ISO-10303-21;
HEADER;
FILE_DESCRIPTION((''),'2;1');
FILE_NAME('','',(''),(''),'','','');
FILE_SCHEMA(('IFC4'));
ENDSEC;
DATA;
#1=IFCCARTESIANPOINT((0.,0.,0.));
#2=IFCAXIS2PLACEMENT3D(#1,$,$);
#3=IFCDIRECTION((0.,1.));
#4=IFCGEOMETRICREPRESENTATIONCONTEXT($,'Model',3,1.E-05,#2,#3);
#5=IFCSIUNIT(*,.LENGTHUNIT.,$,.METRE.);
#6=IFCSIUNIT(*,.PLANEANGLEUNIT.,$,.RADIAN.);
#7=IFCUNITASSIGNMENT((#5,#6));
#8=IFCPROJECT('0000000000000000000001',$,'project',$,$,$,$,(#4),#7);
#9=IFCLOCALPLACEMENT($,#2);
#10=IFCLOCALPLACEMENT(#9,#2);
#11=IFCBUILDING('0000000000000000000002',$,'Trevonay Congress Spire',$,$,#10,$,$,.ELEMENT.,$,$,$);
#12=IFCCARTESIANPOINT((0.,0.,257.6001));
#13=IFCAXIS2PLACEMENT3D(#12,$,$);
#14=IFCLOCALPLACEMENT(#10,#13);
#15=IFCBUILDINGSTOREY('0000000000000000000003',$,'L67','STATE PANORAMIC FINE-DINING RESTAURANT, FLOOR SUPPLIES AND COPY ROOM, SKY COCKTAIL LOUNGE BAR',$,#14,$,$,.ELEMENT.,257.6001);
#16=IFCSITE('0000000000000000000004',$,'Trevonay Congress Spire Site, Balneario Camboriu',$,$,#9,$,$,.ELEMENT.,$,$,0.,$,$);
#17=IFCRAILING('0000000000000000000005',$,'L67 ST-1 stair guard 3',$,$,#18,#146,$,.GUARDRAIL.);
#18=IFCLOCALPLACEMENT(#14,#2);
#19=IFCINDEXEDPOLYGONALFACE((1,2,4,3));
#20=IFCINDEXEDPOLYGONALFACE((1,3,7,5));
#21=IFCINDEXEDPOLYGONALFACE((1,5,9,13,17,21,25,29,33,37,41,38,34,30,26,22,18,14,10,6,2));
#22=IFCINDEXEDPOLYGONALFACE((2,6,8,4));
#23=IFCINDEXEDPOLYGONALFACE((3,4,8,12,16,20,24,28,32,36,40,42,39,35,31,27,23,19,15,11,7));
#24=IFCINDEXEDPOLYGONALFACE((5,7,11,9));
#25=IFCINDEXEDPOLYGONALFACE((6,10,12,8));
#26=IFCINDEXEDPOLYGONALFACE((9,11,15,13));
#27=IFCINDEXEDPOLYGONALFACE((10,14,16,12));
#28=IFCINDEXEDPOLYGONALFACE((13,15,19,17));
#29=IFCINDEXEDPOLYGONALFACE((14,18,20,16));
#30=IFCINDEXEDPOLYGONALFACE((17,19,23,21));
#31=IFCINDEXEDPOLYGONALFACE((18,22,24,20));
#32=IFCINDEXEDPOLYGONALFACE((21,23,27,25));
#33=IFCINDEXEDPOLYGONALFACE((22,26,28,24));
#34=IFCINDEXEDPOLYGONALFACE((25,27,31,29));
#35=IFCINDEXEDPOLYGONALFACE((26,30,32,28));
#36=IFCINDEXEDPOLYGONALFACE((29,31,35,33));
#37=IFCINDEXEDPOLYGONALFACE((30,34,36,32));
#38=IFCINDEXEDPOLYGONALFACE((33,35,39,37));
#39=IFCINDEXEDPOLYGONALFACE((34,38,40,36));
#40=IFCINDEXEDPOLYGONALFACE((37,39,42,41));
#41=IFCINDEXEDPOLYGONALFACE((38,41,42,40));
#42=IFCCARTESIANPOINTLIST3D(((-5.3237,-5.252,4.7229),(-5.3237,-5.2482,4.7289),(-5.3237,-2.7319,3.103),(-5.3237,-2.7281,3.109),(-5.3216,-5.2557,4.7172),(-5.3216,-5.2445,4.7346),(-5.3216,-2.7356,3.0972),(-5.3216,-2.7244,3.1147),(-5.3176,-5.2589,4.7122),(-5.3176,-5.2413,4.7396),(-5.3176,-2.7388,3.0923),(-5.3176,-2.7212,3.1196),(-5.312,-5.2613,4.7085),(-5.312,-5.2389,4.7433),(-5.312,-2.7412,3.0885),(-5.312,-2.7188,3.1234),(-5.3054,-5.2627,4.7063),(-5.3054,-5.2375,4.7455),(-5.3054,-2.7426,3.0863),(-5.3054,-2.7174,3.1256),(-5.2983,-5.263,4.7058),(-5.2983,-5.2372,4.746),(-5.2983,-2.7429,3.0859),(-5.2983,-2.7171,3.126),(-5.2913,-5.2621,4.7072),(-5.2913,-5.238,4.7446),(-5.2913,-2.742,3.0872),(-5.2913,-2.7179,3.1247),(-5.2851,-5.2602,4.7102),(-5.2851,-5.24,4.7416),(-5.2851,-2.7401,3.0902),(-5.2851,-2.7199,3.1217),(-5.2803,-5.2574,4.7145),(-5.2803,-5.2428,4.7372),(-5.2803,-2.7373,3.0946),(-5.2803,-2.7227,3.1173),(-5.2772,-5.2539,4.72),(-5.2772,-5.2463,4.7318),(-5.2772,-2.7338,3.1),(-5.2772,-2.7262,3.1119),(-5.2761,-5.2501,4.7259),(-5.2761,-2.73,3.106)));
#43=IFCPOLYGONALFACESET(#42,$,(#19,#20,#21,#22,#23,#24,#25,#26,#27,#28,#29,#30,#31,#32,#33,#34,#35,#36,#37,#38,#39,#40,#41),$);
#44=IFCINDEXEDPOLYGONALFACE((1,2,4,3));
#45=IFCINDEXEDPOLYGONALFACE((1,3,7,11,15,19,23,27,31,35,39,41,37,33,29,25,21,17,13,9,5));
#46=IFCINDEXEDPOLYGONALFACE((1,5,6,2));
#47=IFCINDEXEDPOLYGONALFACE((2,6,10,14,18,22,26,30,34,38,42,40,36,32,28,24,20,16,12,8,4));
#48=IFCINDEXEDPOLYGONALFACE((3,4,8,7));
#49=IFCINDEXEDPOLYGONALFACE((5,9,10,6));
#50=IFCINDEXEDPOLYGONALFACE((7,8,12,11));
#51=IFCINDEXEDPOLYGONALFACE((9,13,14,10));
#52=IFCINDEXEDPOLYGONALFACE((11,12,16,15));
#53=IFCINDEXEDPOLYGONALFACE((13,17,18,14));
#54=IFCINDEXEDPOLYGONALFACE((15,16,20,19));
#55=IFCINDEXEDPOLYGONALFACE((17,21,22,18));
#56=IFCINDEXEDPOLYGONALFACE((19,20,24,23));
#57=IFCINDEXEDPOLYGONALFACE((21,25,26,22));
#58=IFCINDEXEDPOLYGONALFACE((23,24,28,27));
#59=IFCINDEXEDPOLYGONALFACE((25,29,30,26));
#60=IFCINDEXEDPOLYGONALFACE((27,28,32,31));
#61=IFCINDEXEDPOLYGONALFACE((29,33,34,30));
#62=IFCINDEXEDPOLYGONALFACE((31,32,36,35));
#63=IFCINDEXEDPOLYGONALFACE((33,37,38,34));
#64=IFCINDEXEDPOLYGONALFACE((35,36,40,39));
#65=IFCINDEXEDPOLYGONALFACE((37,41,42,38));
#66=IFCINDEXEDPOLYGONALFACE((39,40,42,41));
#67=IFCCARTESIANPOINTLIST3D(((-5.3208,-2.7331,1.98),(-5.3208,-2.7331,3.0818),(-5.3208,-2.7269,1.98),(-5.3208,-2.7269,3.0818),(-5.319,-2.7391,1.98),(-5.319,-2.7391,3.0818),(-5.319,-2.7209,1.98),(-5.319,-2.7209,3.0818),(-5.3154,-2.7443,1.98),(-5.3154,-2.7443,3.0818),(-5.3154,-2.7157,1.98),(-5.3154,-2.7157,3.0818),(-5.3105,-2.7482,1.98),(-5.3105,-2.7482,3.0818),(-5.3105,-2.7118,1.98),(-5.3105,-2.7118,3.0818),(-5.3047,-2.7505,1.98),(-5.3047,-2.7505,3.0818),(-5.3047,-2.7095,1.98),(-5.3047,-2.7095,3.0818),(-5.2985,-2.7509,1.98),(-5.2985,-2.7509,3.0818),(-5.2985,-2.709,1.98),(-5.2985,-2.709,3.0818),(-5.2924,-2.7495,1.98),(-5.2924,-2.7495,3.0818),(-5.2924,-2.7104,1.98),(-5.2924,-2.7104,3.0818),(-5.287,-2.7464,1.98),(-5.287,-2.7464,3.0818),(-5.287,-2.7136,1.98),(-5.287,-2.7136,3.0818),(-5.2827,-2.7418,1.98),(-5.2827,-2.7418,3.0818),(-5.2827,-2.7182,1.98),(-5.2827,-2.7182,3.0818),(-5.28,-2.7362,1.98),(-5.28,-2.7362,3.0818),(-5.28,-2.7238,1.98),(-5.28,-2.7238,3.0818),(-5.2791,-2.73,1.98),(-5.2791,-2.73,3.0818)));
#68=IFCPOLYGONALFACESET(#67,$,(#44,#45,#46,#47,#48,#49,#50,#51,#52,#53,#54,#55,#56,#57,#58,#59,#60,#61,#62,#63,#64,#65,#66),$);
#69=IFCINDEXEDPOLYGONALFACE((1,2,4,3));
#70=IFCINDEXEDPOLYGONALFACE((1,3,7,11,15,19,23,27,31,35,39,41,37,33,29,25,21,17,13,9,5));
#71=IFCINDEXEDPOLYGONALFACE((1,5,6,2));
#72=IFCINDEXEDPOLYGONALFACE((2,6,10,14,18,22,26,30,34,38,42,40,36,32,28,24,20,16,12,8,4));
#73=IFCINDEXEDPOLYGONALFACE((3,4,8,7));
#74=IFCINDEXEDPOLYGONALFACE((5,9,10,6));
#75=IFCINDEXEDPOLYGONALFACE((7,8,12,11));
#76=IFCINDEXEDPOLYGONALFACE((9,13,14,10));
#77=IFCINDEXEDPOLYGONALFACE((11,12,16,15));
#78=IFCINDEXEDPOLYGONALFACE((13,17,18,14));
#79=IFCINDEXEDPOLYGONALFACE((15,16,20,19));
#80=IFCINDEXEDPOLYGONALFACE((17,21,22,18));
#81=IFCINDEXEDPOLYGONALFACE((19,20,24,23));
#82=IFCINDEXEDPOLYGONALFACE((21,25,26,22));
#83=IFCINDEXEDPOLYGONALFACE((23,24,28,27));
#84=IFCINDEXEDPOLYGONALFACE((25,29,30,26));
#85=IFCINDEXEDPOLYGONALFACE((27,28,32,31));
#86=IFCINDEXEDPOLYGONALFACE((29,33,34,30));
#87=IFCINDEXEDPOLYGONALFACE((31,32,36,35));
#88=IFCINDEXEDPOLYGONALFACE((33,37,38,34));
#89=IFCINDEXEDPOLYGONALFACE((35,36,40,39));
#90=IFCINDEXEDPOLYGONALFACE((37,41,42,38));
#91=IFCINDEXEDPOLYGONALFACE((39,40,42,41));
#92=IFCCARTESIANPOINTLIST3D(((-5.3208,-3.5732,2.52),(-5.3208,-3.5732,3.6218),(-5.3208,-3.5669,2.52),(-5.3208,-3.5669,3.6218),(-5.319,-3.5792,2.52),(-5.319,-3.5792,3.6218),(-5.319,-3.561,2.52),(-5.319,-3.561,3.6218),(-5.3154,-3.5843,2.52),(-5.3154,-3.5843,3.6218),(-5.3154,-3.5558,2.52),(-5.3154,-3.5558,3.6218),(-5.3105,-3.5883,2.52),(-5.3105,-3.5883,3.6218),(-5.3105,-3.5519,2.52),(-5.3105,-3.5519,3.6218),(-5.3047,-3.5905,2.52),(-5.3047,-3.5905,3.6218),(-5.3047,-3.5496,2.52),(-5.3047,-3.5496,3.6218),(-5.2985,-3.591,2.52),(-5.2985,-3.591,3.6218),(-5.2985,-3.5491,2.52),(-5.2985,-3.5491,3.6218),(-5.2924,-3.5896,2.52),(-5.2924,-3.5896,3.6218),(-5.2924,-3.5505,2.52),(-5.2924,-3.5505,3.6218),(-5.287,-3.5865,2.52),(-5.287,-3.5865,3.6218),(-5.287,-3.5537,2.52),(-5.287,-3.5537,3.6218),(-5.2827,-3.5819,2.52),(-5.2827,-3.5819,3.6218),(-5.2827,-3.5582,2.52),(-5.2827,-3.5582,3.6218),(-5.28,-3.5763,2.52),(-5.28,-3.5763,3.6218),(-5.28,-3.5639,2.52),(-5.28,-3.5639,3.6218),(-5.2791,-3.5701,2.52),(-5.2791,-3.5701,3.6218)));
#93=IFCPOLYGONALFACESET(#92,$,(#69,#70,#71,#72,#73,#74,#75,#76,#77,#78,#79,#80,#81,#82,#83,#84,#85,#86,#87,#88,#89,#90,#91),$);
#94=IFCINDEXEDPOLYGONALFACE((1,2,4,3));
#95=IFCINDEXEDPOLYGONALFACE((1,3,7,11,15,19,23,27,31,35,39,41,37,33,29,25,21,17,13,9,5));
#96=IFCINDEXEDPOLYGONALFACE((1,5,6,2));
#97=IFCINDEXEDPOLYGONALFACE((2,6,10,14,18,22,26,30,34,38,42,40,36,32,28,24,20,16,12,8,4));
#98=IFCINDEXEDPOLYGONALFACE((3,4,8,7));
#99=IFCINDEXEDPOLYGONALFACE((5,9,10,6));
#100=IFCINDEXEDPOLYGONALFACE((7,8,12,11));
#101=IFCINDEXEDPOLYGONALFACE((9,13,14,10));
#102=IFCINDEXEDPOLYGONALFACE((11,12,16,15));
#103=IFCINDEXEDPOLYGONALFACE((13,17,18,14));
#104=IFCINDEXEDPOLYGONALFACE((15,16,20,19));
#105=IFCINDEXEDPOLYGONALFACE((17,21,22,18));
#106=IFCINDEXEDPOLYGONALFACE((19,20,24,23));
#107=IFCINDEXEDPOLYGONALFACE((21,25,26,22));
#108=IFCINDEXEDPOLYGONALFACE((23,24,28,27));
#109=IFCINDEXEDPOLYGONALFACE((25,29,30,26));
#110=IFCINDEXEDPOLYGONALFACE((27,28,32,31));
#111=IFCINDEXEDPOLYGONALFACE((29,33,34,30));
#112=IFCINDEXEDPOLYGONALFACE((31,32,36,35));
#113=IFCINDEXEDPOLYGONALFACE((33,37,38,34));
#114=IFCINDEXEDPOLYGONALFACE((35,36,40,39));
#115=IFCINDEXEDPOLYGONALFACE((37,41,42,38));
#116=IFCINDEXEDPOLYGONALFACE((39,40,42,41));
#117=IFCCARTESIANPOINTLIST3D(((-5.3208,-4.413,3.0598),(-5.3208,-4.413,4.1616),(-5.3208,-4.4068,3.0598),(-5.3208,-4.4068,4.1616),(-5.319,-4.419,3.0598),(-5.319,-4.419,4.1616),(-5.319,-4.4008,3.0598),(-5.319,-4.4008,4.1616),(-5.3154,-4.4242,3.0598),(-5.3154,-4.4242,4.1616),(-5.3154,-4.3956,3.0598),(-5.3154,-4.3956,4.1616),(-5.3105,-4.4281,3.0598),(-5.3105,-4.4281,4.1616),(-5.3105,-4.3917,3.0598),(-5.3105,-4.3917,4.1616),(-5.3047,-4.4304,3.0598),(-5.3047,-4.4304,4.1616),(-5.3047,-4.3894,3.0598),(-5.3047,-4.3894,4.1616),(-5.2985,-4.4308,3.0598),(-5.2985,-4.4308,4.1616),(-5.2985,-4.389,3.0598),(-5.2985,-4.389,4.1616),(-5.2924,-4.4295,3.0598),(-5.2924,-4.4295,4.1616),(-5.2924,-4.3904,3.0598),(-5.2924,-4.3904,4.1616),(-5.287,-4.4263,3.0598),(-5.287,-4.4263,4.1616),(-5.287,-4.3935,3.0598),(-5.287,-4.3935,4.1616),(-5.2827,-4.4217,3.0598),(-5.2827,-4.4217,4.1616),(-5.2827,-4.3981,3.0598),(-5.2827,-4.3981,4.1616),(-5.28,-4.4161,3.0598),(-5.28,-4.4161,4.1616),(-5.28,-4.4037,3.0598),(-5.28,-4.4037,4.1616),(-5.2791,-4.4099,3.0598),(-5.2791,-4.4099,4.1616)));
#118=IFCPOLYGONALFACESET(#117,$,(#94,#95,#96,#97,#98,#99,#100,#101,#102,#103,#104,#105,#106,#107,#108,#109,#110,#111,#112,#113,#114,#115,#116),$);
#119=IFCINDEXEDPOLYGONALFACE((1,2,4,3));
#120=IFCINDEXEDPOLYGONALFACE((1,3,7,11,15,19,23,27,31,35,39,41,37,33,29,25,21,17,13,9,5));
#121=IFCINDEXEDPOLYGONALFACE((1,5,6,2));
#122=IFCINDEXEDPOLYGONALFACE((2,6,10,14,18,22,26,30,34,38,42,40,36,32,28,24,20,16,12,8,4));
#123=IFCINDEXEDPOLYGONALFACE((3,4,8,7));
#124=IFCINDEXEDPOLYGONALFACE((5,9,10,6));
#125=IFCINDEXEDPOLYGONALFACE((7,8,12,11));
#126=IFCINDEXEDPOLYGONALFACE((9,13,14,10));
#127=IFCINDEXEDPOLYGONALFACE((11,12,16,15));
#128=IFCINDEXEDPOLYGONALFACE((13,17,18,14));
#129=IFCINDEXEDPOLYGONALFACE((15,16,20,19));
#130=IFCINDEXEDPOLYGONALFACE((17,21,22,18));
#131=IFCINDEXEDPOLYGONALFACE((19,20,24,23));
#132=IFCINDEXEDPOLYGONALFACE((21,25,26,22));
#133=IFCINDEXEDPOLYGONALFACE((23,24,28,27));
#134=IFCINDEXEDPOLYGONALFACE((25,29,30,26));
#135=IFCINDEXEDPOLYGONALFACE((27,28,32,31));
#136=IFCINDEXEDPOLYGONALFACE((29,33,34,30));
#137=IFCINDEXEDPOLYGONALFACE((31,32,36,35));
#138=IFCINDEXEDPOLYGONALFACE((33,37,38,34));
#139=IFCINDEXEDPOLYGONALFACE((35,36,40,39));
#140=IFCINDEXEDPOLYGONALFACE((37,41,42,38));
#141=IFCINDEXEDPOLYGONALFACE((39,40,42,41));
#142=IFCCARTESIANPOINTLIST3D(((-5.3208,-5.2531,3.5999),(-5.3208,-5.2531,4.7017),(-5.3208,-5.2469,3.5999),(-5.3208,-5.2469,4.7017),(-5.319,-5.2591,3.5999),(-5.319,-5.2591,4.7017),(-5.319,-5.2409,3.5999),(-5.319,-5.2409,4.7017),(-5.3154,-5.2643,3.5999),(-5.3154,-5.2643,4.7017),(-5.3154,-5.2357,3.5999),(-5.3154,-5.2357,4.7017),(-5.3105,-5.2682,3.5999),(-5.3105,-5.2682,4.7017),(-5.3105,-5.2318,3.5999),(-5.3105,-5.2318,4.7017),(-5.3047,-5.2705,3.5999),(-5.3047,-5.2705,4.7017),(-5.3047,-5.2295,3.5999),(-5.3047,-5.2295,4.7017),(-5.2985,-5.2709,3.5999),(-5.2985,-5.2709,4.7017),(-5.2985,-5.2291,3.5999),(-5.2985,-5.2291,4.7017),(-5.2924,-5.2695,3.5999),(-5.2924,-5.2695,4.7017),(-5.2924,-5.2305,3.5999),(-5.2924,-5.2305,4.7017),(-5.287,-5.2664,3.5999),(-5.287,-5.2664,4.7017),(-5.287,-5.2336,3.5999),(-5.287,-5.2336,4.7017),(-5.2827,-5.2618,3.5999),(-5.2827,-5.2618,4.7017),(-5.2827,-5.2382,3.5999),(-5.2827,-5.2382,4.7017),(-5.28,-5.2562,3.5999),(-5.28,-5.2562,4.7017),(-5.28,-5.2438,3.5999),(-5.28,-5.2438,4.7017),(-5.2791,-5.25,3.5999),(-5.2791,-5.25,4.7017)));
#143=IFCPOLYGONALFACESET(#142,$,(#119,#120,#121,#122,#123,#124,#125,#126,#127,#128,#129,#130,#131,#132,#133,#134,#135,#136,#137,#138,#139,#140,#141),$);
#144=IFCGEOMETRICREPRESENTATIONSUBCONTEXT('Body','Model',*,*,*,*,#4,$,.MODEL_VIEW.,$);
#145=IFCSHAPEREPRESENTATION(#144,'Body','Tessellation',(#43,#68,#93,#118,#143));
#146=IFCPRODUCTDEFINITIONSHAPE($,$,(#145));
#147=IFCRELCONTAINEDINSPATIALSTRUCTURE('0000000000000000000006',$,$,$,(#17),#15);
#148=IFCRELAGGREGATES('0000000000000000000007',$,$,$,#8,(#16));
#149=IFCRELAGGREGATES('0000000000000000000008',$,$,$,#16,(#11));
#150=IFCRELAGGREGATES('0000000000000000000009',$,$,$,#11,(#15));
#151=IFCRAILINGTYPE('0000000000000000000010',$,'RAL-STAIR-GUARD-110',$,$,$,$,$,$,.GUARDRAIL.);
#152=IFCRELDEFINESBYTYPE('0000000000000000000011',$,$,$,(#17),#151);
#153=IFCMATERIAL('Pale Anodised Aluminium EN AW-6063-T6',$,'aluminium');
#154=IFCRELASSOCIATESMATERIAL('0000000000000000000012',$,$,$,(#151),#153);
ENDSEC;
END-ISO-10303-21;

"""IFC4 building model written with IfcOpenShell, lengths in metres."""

from ifc_helpers import new_model, si_unit, direction, frame, origin, origin_2d, place, context, subcontext, project, spatial, circle, extrude, material, type_object, element, save


model = new_model("IFC4")

# Units and contexts
model_context = context("Model", 3, precision=1e-05, world=origin(), true_north=direction((0.0, 1.0)))
body_context = subcontext(model_context, "Body", "Model", "MODEL_VIEW")
ifc_project = project(units=[si_unit("LENGTHUNIT", "METRE"), si_unit("PLANEANGLEUNIT", "RADIAN")], contexts=[model_context])

# Site, building, storey
site_placement = place(None, origin())
site = spatial("IfcSite", under=ifc_project, at=site_placement, Name="Trevonay Congress Spire Site, Balneario Camboriu", CompositionType="ELEMENT", RefElevation=0.0)
building_placement = place(site_placement, origin())
building = spatial("IfcBuilding", under=site, at=building_placement, Name="Trevonay Congress Spire", CompositionType="ELEMENT")
storey_placement = place(building_placement, frame((0.0, 0.0, 257.6001)))
storey = spatial("IfcBuildingStorey", under=building, at=storey_placement, Name="L67", Description="STATE PANORAMIC FINE-DINING RESTAURANT, FLOOR SUPPLIES AND COPY ROOM, SKY COCKTAIL LOUNGE BAR", CompositionType="ELEMENT", Elevation=257.6001)

# Railing
ifc_material_1 = material(Name="Pale Anodised Aluminium EN AW-6063-T6", Category="aluminium")
railing_type_1 = type_object("IfcRailingType", Name="RAL-STAIR-GUARD-110", PredefinedType="GUARDRAIL", material=ifc_material_1)
railing_1_placement = place(storey_placement, frame((-5.3, -2.73, 1.98)))
element("IfcRailing", 1, at=railing_1_placement, inside=storey, type_object=railing_type_1, Name="L67 ST-1 stair guard 3", PredefinedType="GUARDRAIL", context=body_context, shape_type="SweptSolid", body=[
    extrude(circle(Radius=0.0239, at=origin_2d()), frame((0.0, 0.0, 1.126), z_axis=(0.0, -0.8412, 0.540725), x_axis=(1.0, 0.0, 0.0)), (0.0, 0.0, 1.0), 2.9958),
    extrude(circle(Radius=0.021, at=origin_2d()), origin(), (0.0, 0.0, 1.0), 1.1018),
    extrude(circle(Radius=0.021, at=origin_2d()), frame((0.0, -0.8401, 0.54)), (0.0, 0.0, 1.0), 1.1018),
    extrude(circle(Radius=0.021, at=origin_2d()), frame((0.0, -1.6799, 1.0798)), (0.0, 0.0, 1.0), 1.1018),
    extrude(circle(Radius=0.021, at=origin_2d()), frame((0.0, -2.52, 1.6199)), (0.0, 0.0, 1.0), 1.1018),
])

save(model, "model.ifc")
